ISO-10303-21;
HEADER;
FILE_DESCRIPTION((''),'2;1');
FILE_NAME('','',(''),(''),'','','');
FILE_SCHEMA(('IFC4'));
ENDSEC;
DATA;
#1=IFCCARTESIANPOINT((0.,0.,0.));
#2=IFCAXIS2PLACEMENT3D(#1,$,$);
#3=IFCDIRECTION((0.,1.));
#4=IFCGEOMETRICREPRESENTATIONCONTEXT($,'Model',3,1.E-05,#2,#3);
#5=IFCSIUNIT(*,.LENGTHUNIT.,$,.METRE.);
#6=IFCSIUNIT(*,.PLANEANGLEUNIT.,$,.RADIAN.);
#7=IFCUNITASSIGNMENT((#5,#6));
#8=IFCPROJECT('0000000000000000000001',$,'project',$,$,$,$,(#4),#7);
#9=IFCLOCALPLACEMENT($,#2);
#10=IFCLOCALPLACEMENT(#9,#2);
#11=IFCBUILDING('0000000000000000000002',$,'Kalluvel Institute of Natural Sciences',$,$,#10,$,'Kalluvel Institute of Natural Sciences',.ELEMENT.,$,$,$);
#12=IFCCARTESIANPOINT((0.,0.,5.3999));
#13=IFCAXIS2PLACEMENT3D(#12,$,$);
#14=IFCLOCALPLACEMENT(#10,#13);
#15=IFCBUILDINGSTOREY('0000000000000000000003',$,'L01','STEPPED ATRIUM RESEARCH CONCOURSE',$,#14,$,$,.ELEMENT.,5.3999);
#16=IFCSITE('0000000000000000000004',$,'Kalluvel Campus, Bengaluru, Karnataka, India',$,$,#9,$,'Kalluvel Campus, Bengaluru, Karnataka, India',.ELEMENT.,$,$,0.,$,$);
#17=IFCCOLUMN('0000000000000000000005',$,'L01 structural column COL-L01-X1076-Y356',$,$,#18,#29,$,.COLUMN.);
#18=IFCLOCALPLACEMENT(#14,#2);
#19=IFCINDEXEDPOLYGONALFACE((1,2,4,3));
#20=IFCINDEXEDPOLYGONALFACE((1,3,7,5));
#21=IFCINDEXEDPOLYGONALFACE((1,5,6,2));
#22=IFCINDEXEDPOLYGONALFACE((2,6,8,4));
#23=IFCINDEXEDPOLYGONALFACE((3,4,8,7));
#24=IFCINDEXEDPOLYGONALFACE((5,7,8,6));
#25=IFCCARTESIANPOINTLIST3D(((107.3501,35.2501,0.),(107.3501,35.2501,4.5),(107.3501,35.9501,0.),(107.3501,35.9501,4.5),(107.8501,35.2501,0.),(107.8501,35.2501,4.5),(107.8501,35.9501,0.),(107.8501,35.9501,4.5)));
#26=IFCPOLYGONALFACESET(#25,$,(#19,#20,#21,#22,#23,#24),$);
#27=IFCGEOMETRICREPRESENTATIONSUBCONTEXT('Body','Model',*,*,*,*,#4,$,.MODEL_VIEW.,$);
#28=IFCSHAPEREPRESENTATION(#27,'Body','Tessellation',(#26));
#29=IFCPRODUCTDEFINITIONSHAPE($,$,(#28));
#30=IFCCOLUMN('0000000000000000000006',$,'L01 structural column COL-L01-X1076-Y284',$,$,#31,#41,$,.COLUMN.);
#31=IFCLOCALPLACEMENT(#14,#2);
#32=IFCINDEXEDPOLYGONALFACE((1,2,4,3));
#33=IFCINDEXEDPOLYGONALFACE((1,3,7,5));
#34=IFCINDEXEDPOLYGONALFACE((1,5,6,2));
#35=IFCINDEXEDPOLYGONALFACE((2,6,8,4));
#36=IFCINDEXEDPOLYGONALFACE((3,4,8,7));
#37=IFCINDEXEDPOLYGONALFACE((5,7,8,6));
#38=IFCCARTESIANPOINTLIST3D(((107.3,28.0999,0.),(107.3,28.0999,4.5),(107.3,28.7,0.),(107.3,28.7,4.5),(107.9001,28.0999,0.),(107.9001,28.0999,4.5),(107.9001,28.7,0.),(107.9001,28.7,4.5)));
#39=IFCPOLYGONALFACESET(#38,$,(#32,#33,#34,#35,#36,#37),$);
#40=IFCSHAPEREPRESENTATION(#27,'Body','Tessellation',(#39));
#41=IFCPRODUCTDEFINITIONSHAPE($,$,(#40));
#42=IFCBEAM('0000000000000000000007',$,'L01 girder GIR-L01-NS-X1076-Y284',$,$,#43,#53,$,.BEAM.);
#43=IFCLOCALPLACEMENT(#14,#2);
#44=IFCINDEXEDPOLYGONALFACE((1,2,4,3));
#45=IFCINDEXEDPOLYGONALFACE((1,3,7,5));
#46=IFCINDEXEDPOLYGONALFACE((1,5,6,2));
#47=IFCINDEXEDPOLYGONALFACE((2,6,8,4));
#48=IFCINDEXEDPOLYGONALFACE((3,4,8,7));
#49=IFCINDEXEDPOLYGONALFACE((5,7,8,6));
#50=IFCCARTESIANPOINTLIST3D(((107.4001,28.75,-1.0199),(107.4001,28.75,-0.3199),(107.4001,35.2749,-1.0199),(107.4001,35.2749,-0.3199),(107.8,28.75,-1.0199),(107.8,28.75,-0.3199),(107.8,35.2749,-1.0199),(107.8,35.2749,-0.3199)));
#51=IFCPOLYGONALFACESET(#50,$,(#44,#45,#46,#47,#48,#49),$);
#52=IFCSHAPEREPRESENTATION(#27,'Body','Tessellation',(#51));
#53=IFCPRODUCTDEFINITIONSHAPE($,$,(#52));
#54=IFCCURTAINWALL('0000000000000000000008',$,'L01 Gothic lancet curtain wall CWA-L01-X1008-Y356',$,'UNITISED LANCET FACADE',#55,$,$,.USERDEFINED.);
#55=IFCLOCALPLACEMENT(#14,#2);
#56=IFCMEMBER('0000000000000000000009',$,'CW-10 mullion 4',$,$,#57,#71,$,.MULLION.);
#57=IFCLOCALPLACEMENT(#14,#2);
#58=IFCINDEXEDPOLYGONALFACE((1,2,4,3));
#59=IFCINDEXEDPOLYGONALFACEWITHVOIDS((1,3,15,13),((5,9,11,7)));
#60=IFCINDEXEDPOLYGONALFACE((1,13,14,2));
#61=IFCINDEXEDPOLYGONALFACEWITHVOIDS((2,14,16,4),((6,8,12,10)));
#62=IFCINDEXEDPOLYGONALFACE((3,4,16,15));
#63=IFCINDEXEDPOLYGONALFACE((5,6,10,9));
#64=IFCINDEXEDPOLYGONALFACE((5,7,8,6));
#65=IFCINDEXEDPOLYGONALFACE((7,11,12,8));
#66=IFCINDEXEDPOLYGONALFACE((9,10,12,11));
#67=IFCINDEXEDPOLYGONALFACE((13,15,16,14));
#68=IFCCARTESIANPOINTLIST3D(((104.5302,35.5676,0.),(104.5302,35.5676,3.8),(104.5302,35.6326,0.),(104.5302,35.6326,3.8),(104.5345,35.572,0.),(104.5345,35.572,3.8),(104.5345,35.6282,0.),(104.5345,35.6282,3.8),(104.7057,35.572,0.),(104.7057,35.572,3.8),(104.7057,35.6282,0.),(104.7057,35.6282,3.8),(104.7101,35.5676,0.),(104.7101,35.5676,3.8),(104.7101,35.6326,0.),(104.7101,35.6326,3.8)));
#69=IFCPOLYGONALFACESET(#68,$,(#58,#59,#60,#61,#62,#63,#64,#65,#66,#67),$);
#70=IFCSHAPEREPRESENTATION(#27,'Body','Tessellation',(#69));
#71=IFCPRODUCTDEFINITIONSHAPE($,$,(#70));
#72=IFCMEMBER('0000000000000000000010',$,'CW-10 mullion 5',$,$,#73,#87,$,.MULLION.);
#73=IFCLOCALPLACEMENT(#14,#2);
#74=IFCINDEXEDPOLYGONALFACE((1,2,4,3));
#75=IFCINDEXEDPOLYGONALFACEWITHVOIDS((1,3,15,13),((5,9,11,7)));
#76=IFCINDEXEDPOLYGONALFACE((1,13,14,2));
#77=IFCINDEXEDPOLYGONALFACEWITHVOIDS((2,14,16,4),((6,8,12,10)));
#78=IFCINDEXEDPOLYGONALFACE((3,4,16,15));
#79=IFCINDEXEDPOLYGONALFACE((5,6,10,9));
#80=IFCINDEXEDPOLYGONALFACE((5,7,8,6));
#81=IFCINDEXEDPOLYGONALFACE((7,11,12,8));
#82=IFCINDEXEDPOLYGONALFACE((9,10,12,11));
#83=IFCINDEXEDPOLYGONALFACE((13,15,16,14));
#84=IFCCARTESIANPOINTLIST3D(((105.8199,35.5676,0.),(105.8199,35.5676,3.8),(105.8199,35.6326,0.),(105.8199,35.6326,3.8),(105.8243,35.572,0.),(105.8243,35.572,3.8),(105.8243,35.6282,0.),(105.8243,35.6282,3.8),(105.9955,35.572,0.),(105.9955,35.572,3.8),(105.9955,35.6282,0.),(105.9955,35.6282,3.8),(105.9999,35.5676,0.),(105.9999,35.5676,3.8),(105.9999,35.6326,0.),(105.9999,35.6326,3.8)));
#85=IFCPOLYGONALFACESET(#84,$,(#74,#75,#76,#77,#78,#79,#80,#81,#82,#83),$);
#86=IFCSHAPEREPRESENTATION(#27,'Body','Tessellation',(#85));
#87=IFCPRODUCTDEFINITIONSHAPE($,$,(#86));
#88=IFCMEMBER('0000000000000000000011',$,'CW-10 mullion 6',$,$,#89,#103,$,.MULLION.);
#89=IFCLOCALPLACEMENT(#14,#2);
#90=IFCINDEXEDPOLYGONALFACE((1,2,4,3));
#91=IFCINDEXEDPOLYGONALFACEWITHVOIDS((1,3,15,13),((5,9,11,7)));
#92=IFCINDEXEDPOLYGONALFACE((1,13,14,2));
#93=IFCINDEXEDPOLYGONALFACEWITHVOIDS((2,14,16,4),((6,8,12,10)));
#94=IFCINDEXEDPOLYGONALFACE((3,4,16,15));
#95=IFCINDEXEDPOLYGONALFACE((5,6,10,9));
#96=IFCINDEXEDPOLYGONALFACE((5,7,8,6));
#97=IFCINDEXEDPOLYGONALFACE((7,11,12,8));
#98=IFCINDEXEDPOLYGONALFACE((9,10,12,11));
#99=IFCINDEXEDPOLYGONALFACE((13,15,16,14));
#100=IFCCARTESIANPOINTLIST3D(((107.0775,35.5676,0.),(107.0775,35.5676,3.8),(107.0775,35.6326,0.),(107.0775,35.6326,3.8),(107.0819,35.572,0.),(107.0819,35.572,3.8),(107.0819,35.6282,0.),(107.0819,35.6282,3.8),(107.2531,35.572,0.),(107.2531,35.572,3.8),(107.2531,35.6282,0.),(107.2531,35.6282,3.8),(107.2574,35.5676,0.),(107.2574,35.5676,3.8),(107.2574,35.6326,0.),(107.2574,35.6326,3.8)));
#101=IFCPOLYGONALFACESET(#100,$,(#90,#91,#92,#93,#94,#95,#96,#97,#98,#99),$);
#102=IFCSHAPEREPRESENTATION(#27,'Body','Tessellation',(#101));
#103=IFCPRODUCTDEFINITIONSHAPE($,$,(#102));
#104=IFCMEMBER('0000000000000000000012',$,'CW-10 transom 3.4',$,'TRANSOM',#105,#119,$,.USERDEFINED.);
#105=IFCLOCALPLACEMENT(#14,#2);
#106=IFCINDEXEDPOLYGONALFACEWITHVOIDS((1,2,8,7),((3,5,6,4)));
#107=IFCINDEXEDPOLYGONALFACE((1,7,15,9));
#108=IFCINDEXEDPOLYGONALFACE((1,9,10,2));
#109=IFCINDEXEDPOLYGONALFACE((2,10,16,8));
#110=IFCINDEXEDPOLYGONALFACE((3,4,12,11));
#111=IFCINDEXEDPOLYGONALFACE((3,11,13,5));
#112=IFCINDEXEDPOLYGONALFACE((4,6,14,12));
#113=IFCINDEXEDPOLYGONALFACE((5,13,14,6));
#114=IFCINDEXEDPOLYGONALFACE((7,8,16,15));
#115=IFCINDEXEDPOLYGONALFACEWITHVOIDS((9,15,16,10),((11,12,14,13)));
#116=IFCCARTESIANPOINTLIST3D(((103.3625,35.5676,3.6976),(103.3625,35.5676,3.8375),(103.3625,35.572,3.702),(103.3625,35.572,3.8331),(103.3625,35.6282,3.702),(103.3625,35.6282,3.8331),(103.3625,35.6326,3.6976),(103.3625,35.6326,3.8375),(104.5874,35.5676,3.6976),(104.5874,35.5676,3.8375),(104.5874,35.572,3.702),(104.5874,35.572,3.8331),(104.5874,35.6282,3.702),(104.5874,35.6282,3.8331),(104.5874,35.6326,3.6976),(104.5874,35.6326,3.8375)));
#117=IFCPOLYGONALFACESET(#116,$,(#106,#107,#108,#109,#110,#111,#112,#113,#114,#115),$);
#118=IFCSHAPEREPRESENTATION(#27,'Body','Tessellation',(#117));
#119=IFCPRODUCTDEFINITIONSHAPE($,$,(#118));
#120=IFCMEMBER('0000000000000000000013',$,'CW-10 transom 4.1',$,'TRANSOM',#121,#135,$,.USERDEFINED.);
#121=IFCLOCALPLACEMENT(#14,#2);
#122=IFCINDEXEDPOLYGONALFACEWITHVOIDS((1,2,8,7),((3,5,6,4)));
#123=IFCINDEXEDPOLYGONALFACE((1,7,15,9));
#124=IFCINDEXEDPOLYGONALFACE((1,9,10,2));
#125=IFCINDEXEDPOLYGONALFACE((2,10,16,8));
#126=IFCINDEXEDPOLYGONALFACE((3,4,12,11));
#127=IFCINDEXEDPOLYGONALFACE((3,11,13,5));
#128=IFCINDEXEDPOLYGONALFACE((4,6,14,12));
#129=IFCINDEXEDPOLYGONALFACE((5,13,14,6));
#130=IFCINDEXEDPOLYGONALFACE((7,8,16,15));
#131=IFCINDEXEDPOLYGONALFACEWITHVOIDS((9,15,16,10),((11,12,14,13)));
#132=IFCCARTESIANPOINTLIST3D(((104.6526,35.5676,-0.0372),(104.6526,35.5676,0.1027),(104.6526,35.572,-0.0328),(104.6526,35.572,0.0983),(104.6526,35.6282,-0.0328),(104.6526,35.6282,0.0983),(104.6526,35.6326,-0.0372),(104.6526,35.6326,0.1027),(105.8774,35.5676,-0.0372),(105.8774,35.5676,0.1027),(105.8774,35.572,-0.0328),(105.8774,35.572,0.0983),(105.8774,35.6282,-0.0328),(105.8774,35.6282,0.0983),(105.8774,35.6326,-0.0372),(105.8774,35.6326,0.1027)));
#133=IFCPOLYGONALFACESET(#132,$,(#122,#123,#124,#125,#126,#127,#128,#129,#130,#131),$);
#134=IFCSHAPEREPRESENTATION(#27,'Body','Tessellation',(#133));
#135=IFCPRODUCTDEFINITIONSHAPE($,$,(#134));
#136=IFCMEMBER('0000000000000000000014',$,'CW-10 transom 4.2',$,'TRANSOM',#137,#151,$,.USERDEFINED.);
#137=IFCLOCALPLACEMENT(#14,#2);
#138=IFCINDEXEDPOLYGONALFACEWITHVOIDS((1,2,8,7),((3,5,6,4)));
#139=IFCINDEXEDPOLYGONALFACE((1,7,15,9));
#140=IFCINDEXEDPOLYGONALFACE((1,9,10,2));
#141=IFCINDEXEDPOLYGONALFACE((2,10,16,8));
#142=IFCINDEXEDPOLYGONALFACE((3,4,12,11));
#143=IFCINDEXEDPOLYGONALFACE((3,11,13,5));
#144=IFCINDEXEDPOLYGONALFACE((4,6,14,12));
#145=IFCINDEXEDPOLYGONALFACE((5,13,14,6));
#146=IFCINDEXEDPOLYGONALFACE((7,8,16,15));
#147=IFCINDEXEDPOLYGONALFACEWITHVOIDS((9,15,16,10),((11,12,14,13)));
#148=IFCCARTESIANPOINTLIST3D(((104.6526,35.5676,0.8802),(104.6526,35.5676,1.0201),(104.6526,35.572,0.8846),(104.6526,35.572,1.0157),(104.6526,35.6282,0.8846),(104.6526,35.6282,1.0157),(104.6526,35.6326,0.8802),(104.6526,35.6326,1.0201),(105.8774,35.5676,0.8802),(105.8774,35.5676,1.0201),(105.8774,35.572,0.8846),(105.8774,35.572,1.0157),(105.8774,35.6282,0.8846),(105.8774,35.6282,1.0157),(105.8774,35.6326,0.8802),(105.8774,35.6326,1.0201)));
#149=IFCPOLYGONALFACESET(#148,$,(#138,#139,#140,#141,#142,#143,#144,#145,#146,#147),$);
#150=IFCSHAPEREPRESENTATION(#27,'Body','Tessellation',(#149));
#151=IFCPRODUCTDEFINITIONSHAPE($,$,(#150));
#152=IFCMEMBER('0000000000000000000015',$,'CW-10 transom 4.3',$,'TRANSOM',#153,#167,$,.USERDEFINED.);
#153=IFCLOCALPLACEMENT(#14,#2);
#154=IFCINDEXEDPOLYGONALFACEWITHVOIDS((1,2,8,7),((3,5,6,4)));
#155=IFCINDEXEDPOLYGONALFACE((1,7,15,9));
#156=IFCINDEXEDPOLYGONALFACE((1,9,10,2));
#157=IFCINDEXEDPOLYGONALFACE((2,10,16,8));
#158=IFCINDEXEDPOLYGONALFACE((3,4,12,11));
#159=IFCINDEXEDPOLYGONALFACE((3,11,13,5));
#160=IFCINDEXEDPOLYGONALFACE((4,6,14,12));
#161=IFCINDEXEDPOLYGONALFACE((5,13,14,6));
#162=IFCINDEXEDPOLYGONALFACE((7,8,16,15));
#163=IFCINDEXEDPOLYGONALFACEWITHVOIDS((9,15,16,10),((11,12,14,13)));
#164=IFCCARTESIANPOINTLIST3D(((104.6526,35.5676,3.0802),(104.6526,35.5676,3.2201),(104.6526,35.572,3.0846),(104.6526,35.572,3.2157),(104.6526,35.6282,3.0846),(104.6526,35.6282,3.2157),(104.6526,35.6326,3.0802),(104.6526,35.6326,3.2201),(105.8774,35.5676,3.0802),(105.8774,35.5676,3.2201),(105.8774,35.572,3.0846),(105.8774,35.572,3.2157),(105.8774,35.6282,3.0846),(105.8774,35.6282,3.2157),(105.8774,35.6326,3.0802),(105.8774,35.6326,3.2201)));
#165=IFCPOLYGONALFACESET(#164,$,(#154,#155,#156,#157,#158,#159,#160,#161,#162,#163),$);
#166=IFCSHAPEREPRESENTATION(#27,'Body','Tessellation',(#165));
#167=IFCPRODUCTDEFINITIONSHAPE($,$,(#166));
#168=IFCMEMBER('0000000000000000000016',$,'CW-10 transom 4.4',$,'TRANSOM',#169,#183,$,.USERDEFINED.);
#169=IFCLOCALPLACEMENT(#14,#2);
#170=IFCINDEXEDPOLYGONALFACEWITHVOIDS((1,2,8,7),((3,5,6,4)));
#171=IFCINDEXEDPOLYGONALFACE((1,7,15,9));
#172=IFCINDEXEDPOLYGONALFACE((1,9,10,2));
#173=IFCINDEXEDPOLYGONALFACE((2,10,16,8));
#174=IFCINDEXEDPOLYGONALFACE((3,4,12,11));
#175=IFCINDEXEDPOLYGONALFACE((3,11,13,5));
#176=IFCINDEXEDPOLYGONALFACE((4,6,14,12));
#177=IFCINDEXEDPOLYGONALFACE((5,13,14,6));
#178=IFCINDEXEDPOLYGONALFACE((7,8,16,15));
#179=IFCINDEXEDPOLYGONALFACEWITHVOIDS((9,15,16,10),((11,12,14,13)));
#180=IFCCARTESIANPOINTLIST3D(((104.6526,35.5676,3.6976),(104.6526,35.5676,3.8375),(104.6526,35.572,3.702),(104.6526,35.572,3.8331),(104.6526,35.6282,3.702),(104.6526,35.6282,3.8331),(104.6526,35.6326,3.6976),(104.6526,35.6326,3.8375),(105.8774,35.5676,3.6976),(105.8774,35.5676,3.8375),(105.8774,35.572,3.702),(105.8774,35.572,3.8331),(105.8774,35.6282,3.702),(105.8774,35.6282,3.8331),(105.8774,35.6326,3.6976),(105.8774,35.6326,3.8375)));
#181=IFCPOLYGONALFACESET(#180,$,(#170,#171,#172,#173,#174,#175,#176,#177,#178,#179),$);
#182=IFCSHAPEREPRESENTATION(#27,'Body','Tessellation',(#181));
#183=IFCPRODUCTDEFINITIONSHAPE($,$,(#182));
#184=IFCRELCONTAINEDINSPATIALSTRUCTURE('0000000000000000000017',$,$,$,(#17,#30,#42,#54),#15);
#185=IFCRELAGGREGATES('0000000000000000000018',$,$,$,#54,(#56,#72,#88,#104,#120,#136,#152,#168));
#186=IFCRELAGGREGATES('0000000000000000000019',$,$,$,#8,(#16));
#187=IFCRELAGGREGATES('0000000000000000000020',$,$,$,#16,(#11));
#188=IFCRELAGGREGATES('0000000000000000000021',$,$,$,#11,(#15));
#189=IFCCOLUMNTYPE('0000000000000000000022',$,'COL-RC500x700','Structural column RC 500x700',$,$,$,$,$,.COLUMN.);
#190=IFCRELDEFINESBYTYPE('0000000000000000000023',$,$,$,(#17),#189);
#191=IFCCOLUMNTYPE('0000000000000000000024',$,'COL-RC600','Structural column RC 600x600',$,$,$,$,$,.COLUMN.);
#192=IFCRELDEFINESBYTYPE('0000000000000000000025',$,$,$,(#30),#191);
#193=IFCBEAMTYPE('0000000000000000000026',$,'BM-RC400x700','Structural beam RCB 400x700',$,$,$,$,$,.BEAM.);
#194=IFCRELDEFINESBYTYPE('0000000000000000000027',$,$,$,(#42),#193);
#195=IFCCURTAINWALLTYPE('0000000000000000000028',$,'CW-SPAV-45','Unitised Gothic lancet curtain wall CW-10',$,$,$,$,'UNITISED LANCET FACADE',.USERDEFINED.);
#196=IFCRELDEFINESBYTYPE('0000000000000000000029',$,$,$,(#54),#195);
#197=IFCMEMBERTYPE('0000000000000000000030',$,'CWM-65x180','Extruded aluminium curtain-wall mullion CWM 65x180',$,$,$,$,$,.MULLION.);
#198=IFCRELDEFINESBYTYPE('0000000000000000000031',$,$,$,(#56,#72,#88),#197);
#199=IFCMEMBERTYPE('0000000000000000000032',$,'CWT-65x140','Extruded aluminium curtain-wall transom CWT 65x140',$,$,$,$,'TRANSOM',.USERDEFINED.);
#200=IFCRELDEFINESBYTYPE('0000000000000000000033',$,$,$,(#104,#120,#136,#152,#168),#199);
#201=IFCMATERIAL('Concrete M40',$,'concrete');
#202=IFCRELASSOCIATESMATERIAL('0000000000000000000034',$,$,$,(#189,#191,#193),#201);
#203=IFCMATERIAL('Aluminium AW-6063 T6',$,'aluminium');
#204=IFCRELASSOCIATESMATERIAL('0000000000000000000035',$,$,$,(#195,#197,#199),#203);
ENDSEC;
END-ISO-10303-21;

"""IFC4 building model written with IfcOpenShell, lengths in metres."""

from ifc_helpers import new_model, si_unit, direction, frame, origin, origin_2d, place, context, subcontext, project, spatial, rectangle, hollow_rectangle, extrude, material, material_profile, profile_set, type_object, element, aggregate, save


model = new_model("IFC4")

# Units and contexts
model_context = context("Model", 3, precision=1e-05, world=origin(), true_north=direction((0.0, 1.0)))
body_context = subcontext(model_context, "Body", "Model", "MODEL_VIEW")
ifc_project = project(units=[si_unit("LENGTHUNIT", "METRE"), si_unit("PLANEANGLEUNIT", "RADIAN")], contexts=[model_context])

# Site, building, storey
site_placement = place(None, origin())
site = spatial("IfcSite", under=ifc_project, at=site_placement, Name="Kalluvel Campus, Bengaluru, Karnataka, India", LongName="Kalluvel Campus, Bengaluru, Karnataka, India", CompositionType="ELEMENT", RefElevation=0.0)
building_placement = place(site_placement, origin())
building = spatial("IfcBuilding", under=site, at=building_placement, Name="Kalluvel Institute of Natural Sciences", LongName="Kalluvel Institute of Natural Sciences", CompositionType="ELEMENT")
storey_placement = place(building_placement, frame((0.0, 0.0, 5.3999)))
storey = spatial("IfcBuildingStorey", under=building, at=storey_placement, Name="L01", Description="STEPPED ATRIUM RESEARCH CONCOURSE", CompositionType="ELEMENT", Elevation=5.3999)

# Columns
ifc_material_1 = material(Name="Concrete M40", Category="concrete")
ifc_material_profile_1 = material_profile(ifc_material_1, rectangle(XDim=0.5, YDim=0.7, at=origin_2d()), Name="RC 500x700")
ifc_profile_set_1 = profile_set([ifc_material_profile_1], Name="Concrete M40")
column_type_1 = type_object("IfcColumnType", Name="COL-RC500x700", Description="Structural column RC 500x700", PredefinedType="COLUMN", material=ifc_profile_set_1)
column_1_placement = place(storey_placement, frame((107.6001, 35.6001, 0.0), z_axis=(0.0, 0.0, 1.0), x_axis=(1.0, 0.0, 0.0)))
element("IfcColumn", 1, at=column_1_placement, inside=storey, type_object=column_type_1, Name="L01 structural column COL-L01-X1076-Y356", PredefinedType="COLUMN", context=body_context, shape_type="SweptSolid", body=[
    extrude(rectangle(XDim=0.5, YDim=0.7, at=origin_2d()), origin(), (0.0, 0.0, 1.0), 4.5),
])
ifc_material_profile_2 = material_profile(ifc_material_1, rectangle(XDim=0.6001, YDim=0.6001, at=origin_2d()), Name="RC 600x600")
ifc_profile_set_2 = profile_set([ifc_material_profile_2], Name="Concrete M40")
column_type_2 = type_object("IfcColumnType", Name="COL-RC600", Description="Structural column RC 600x600", PredefinedType="COLUMN", material=ifc_profile_set_2)
column_2_placement = place(storey_placement, frame((107.6001, 28.3999, 0.0), z_axis=(0.0, 0.0, 1.0), x_axis=(1.0, 0.0, 0.0)))
element("IfcColumn", 2, at=column_2_placement, inside=storey, type_object=column_type_2, Name="L01 structural column COL-L01-X1076-Y284", PredefinedType="COLUMN", context=body_context, shape_type="SweptSolid", body=[
    extrude(rectangle(XDim=0.6001, YDim=0.6001, at=origin_2d()), origin(), (0.0, 0.0, 1.0), 4.5),
])

# Beam
ifc_material_profile_3 = material_profile(ifc_material_1, rectangle(XDim=0.3999, YDim=0.7, at=origin_2d()), Name="RCB 400x700")
ifc_profile_set_3 = profile_set([ifc_material_profile_3], Name="Concrete M40")
beam_type_1 = type_object("IfcBeamType", Name="BM-RC400x700", Description="Structural beam RCB 400x700", PredefinedType="BEAM", material=ifc_profile_set_3)
beam_1_placement = place(storey_placement, frame((107.6001, 28.75, -0.6699), z_axis=(0.0, 1.0, 0.0), x_axis=(-1.0, 0.0, 0.0)))
element("IfcBeam", 3, at=beam_1_placement, inside=storey, type_object=beam_type_1, Name="L01 girder GIR-L01-NS-X1076-Y284", PredefinedType="BEAM", context=body_context, shape_type="SweptSolid", body=[
    extrude(rectangle(XDim=0.3999, YDim=0.7, at=origin_2d()), origin(), (0.0, 0.0, 1.0), 6.5249),
])

# Curtain wall, members
ifc_material_2 = material(Name="Aluminium AW-6063 T6", Category="aluminium")
curtain_wall_type = type_object("IfcCurtainWallType", Name="CW-SPAV-45", Description="Unitised Gothic lancet curtain wall CW-10", ElementType="UNITISED LANCET FACADE", PredefinedType="USERDEFINED", material=ifc_material_2)
curtain_wall_placement = place(storey_placement, origin())
curtain_wall = element("IfcCurtainWall", 4, at=curtain_wall_placement, inside=storey, type_object=curtain_wall_type, Name="L01 Gothic lancet curtain wall CWA-L01-X1008-Y356", ObjectType="UNITISED LANCET FACADE", PredefinedType="USERDEFINED")
ifc_material_profile_4 = material_profile(ifc_material_2, hollow_rectangle(XDim=0.0649, YDim=0.1799, WallThickness=0.0044, at=origin_2d()), Name="CWM 65x180")
ifc_profile_set_4 = profile_set([ifc_material_profile_4], Name="Aluminium AW-6063 T6")
member_type_1 = type_object("IfcMemberType", Name="CWM-65x180", Description="Extruded aluminium curtain-wall mullion CWM 65x180", PredefinedType="MULLION", material=ifc_profile_set_4)
member_1_placement = place(storey_placement, frame((104.6201, 35.6001, 0.0), z_axis=(0.0, 0.0, 1.0), x_axis=(0.0, 1.0, 0.0)))
member_1 = element("IfcMember", 5, at=member_1_placement, type_object=member_type_1, Name="CW-10 mullion 4", PredefinedType="MULLION", context=body_context, shape_type="SweptSolid", body=[
    extrude(hollow_rectangle(XDim=0.0649, YDim=0.1799, WallThickness=0.0044, at=origin_2d()), origin(), (0.0, 0.0, 1.0), 3.8),
])
member_2_placement = place(storey_placement, frame((105.9099, 35.6001, 0.0), z_axis=(0.0, 0.0, 1.0), x_axis=(0.0, 1.0, 0.0)))
member_2 = element("IfcMember", 6, at=member_2_placement, type_object=member_type_1, Name="CW-10 mullion 5", PredefinedType="MULLION", context=body_context, shape_type="SweptSolid", body=[
    extrude(hollow_rectangle(XDim=0.0649, YDim=0.1799, WallThickness=0.0044, at=origin_2d()), origin(), (0.0, 0.0, 1.0), 3.8),
])
member_3_placement = place(storey_placement, frame((107.1675, 35.6001, 0.0), z_axis=(0.0, 0.0, 1.0), x_axis=(0.0, 1.0, 0.0)))
member_3 = element("IfcMember", 7, at=member_3_placement, type_object=member_type_1, Name="CW-10 mullion 6", PredefinedType="MULLION", context=body_context, shape_type="SweptSolid", body=[
    extrude(hollow_rectangle(XDim=0.0649, YDim=0.1799, WallThickness=0.0044, at=origin_2d()), origin(), (0.0, 0.0, 1.0), 3.8),
])
ifc_material_profile_5 = material_profile(ifc_material_2, hollow_rectangle(XDim=0.0649, YDim=0.1399, WallThickness=0.0044, at=origin_2d()), Name="CWT 65x140")
ifc_profile_set_5 = profile_set([ifc_material_profile_5], Name="Aluminium AW-6063 T6")
member_type_2 = type_object("IfcMemberType", Name="CWT-65x140", Description="Extruded aluminium curtain-wall transom CWT 65x140", ElementType="TRANSOM", PredefinedType="USERDEFINED", material=ifc_profile_set_5)
member_4_placement = place(storey_placement, frame((103.3625, 35.6001, 3.7676), z_axis=(1.0, 0.0, 0.0), x_axis=(0.0, 1.0, 0.0)))
member_4 = element("IfcMember", 8, at=member_4_placement, type_object=member_type_2, Name="CW-10 transom 3.4", ObjectType="TRANSOM", PredefinedType="USERDEFINED", context=body_context, shape_type="SweptSolid", body=[
    extrude(hollow_rectangle(XDim=0.0649, YDim=0.1399, WallThickness=0.0044, at=origin_2d()), origin(), (0.0, 0.0, 1.0), 1.2249),
])
member_5_placement = place(storey_placement, frame((104.6526, 35.6001, 0.0327), z_axis=(1.0, 0.0, 0.0), x_axis=(0.0, 1.0, 0.0)))
member_5 = element("IfcMember", 9, at=member_5_placement, type_object=member_type_2, Name="CW-10 transom 4.1", ObjectType="TRANSOM", PredefinedType="USERDEFINED", context=body_context, shape_type="SweptSolid", body=[
    extrude(hollow_rectangle(XDim=0.0649, YDim=0.1399, WallThickness=0.0044, at=origin_2d()), origin(), (0.0, 0.0, 1.0), 1.2249),
])
member_6_placement = place(storey_placement, frame((104.6526, 35.6001, 0.9502), z_axis=(1.0, 0.0, 0.0), x_axis=(0.0, 1.0, 0.0)))
member_6 = element("IfcMember", 10, at=member_6_placement, type_object=member_type_2, Name="CW-10 transom 4.2", ObjectType="TRANSOM", PredefinedType="USERDEFINED", context=body_context, shape_type="SweptSolid", body=[
    extrude(hollow_rectangle(XDim=0.0649, YDim=0.1399, WallThickness=0.0044, at=origin_2d()), origin(), (0.0, 0.0, 1.0), 1.2249),
])
member_7_placement = place(storey_placement, frame((104.6526, 35.6001, 3.1501), z_axis=(1.0, 0.0, 0.0), x_axis=(0.0, 1.0, 0.0)))
member_7 = element("IfcMember", 11, at=member_7_placement, type_object=member_type_2, Name="CW-10 transom 4.3", ObjectType="TRANSOM", PredefinedType="USERDEFINED", context=body_context, shape_type="SweptSolid", body=[
    extrude(hollow_rectangle(XDim=0.0649, YDim=0.1399, WallThickness=0.0044, at=origin_2d()), origin(), (0.0, 0.0, 1.0), 1.2249),
])
member_8_placement = place(storey_placement, frame((104.6526, 35.6001, 3.7676), z_axis=(1.0, 0.0, 0.0), x_axis=(0.0, 1.0, 0.0)))
member_8 = element("IfcMember", 12, at=member_8_placement, type_object=member_type_2, Name="CW-10 transom 4.4", ObjectType="TRANSOM", PredefinedType="USERDEFINED", context=body_context, shape_type="SweptSolid", body=[
    extrude(hollow_rectangle(XDim=0.0649, YDim=0.1399, WallThickness=0.0044, at=origin_2d()), origin(), (0.0, 0.0, 1.0), 1.2249),
])

aggregate(curtain_wall, [member_1, member_2, member_3, member_4, member_5, member_6, member_7, member_8])

save(model, "model.ifc")
